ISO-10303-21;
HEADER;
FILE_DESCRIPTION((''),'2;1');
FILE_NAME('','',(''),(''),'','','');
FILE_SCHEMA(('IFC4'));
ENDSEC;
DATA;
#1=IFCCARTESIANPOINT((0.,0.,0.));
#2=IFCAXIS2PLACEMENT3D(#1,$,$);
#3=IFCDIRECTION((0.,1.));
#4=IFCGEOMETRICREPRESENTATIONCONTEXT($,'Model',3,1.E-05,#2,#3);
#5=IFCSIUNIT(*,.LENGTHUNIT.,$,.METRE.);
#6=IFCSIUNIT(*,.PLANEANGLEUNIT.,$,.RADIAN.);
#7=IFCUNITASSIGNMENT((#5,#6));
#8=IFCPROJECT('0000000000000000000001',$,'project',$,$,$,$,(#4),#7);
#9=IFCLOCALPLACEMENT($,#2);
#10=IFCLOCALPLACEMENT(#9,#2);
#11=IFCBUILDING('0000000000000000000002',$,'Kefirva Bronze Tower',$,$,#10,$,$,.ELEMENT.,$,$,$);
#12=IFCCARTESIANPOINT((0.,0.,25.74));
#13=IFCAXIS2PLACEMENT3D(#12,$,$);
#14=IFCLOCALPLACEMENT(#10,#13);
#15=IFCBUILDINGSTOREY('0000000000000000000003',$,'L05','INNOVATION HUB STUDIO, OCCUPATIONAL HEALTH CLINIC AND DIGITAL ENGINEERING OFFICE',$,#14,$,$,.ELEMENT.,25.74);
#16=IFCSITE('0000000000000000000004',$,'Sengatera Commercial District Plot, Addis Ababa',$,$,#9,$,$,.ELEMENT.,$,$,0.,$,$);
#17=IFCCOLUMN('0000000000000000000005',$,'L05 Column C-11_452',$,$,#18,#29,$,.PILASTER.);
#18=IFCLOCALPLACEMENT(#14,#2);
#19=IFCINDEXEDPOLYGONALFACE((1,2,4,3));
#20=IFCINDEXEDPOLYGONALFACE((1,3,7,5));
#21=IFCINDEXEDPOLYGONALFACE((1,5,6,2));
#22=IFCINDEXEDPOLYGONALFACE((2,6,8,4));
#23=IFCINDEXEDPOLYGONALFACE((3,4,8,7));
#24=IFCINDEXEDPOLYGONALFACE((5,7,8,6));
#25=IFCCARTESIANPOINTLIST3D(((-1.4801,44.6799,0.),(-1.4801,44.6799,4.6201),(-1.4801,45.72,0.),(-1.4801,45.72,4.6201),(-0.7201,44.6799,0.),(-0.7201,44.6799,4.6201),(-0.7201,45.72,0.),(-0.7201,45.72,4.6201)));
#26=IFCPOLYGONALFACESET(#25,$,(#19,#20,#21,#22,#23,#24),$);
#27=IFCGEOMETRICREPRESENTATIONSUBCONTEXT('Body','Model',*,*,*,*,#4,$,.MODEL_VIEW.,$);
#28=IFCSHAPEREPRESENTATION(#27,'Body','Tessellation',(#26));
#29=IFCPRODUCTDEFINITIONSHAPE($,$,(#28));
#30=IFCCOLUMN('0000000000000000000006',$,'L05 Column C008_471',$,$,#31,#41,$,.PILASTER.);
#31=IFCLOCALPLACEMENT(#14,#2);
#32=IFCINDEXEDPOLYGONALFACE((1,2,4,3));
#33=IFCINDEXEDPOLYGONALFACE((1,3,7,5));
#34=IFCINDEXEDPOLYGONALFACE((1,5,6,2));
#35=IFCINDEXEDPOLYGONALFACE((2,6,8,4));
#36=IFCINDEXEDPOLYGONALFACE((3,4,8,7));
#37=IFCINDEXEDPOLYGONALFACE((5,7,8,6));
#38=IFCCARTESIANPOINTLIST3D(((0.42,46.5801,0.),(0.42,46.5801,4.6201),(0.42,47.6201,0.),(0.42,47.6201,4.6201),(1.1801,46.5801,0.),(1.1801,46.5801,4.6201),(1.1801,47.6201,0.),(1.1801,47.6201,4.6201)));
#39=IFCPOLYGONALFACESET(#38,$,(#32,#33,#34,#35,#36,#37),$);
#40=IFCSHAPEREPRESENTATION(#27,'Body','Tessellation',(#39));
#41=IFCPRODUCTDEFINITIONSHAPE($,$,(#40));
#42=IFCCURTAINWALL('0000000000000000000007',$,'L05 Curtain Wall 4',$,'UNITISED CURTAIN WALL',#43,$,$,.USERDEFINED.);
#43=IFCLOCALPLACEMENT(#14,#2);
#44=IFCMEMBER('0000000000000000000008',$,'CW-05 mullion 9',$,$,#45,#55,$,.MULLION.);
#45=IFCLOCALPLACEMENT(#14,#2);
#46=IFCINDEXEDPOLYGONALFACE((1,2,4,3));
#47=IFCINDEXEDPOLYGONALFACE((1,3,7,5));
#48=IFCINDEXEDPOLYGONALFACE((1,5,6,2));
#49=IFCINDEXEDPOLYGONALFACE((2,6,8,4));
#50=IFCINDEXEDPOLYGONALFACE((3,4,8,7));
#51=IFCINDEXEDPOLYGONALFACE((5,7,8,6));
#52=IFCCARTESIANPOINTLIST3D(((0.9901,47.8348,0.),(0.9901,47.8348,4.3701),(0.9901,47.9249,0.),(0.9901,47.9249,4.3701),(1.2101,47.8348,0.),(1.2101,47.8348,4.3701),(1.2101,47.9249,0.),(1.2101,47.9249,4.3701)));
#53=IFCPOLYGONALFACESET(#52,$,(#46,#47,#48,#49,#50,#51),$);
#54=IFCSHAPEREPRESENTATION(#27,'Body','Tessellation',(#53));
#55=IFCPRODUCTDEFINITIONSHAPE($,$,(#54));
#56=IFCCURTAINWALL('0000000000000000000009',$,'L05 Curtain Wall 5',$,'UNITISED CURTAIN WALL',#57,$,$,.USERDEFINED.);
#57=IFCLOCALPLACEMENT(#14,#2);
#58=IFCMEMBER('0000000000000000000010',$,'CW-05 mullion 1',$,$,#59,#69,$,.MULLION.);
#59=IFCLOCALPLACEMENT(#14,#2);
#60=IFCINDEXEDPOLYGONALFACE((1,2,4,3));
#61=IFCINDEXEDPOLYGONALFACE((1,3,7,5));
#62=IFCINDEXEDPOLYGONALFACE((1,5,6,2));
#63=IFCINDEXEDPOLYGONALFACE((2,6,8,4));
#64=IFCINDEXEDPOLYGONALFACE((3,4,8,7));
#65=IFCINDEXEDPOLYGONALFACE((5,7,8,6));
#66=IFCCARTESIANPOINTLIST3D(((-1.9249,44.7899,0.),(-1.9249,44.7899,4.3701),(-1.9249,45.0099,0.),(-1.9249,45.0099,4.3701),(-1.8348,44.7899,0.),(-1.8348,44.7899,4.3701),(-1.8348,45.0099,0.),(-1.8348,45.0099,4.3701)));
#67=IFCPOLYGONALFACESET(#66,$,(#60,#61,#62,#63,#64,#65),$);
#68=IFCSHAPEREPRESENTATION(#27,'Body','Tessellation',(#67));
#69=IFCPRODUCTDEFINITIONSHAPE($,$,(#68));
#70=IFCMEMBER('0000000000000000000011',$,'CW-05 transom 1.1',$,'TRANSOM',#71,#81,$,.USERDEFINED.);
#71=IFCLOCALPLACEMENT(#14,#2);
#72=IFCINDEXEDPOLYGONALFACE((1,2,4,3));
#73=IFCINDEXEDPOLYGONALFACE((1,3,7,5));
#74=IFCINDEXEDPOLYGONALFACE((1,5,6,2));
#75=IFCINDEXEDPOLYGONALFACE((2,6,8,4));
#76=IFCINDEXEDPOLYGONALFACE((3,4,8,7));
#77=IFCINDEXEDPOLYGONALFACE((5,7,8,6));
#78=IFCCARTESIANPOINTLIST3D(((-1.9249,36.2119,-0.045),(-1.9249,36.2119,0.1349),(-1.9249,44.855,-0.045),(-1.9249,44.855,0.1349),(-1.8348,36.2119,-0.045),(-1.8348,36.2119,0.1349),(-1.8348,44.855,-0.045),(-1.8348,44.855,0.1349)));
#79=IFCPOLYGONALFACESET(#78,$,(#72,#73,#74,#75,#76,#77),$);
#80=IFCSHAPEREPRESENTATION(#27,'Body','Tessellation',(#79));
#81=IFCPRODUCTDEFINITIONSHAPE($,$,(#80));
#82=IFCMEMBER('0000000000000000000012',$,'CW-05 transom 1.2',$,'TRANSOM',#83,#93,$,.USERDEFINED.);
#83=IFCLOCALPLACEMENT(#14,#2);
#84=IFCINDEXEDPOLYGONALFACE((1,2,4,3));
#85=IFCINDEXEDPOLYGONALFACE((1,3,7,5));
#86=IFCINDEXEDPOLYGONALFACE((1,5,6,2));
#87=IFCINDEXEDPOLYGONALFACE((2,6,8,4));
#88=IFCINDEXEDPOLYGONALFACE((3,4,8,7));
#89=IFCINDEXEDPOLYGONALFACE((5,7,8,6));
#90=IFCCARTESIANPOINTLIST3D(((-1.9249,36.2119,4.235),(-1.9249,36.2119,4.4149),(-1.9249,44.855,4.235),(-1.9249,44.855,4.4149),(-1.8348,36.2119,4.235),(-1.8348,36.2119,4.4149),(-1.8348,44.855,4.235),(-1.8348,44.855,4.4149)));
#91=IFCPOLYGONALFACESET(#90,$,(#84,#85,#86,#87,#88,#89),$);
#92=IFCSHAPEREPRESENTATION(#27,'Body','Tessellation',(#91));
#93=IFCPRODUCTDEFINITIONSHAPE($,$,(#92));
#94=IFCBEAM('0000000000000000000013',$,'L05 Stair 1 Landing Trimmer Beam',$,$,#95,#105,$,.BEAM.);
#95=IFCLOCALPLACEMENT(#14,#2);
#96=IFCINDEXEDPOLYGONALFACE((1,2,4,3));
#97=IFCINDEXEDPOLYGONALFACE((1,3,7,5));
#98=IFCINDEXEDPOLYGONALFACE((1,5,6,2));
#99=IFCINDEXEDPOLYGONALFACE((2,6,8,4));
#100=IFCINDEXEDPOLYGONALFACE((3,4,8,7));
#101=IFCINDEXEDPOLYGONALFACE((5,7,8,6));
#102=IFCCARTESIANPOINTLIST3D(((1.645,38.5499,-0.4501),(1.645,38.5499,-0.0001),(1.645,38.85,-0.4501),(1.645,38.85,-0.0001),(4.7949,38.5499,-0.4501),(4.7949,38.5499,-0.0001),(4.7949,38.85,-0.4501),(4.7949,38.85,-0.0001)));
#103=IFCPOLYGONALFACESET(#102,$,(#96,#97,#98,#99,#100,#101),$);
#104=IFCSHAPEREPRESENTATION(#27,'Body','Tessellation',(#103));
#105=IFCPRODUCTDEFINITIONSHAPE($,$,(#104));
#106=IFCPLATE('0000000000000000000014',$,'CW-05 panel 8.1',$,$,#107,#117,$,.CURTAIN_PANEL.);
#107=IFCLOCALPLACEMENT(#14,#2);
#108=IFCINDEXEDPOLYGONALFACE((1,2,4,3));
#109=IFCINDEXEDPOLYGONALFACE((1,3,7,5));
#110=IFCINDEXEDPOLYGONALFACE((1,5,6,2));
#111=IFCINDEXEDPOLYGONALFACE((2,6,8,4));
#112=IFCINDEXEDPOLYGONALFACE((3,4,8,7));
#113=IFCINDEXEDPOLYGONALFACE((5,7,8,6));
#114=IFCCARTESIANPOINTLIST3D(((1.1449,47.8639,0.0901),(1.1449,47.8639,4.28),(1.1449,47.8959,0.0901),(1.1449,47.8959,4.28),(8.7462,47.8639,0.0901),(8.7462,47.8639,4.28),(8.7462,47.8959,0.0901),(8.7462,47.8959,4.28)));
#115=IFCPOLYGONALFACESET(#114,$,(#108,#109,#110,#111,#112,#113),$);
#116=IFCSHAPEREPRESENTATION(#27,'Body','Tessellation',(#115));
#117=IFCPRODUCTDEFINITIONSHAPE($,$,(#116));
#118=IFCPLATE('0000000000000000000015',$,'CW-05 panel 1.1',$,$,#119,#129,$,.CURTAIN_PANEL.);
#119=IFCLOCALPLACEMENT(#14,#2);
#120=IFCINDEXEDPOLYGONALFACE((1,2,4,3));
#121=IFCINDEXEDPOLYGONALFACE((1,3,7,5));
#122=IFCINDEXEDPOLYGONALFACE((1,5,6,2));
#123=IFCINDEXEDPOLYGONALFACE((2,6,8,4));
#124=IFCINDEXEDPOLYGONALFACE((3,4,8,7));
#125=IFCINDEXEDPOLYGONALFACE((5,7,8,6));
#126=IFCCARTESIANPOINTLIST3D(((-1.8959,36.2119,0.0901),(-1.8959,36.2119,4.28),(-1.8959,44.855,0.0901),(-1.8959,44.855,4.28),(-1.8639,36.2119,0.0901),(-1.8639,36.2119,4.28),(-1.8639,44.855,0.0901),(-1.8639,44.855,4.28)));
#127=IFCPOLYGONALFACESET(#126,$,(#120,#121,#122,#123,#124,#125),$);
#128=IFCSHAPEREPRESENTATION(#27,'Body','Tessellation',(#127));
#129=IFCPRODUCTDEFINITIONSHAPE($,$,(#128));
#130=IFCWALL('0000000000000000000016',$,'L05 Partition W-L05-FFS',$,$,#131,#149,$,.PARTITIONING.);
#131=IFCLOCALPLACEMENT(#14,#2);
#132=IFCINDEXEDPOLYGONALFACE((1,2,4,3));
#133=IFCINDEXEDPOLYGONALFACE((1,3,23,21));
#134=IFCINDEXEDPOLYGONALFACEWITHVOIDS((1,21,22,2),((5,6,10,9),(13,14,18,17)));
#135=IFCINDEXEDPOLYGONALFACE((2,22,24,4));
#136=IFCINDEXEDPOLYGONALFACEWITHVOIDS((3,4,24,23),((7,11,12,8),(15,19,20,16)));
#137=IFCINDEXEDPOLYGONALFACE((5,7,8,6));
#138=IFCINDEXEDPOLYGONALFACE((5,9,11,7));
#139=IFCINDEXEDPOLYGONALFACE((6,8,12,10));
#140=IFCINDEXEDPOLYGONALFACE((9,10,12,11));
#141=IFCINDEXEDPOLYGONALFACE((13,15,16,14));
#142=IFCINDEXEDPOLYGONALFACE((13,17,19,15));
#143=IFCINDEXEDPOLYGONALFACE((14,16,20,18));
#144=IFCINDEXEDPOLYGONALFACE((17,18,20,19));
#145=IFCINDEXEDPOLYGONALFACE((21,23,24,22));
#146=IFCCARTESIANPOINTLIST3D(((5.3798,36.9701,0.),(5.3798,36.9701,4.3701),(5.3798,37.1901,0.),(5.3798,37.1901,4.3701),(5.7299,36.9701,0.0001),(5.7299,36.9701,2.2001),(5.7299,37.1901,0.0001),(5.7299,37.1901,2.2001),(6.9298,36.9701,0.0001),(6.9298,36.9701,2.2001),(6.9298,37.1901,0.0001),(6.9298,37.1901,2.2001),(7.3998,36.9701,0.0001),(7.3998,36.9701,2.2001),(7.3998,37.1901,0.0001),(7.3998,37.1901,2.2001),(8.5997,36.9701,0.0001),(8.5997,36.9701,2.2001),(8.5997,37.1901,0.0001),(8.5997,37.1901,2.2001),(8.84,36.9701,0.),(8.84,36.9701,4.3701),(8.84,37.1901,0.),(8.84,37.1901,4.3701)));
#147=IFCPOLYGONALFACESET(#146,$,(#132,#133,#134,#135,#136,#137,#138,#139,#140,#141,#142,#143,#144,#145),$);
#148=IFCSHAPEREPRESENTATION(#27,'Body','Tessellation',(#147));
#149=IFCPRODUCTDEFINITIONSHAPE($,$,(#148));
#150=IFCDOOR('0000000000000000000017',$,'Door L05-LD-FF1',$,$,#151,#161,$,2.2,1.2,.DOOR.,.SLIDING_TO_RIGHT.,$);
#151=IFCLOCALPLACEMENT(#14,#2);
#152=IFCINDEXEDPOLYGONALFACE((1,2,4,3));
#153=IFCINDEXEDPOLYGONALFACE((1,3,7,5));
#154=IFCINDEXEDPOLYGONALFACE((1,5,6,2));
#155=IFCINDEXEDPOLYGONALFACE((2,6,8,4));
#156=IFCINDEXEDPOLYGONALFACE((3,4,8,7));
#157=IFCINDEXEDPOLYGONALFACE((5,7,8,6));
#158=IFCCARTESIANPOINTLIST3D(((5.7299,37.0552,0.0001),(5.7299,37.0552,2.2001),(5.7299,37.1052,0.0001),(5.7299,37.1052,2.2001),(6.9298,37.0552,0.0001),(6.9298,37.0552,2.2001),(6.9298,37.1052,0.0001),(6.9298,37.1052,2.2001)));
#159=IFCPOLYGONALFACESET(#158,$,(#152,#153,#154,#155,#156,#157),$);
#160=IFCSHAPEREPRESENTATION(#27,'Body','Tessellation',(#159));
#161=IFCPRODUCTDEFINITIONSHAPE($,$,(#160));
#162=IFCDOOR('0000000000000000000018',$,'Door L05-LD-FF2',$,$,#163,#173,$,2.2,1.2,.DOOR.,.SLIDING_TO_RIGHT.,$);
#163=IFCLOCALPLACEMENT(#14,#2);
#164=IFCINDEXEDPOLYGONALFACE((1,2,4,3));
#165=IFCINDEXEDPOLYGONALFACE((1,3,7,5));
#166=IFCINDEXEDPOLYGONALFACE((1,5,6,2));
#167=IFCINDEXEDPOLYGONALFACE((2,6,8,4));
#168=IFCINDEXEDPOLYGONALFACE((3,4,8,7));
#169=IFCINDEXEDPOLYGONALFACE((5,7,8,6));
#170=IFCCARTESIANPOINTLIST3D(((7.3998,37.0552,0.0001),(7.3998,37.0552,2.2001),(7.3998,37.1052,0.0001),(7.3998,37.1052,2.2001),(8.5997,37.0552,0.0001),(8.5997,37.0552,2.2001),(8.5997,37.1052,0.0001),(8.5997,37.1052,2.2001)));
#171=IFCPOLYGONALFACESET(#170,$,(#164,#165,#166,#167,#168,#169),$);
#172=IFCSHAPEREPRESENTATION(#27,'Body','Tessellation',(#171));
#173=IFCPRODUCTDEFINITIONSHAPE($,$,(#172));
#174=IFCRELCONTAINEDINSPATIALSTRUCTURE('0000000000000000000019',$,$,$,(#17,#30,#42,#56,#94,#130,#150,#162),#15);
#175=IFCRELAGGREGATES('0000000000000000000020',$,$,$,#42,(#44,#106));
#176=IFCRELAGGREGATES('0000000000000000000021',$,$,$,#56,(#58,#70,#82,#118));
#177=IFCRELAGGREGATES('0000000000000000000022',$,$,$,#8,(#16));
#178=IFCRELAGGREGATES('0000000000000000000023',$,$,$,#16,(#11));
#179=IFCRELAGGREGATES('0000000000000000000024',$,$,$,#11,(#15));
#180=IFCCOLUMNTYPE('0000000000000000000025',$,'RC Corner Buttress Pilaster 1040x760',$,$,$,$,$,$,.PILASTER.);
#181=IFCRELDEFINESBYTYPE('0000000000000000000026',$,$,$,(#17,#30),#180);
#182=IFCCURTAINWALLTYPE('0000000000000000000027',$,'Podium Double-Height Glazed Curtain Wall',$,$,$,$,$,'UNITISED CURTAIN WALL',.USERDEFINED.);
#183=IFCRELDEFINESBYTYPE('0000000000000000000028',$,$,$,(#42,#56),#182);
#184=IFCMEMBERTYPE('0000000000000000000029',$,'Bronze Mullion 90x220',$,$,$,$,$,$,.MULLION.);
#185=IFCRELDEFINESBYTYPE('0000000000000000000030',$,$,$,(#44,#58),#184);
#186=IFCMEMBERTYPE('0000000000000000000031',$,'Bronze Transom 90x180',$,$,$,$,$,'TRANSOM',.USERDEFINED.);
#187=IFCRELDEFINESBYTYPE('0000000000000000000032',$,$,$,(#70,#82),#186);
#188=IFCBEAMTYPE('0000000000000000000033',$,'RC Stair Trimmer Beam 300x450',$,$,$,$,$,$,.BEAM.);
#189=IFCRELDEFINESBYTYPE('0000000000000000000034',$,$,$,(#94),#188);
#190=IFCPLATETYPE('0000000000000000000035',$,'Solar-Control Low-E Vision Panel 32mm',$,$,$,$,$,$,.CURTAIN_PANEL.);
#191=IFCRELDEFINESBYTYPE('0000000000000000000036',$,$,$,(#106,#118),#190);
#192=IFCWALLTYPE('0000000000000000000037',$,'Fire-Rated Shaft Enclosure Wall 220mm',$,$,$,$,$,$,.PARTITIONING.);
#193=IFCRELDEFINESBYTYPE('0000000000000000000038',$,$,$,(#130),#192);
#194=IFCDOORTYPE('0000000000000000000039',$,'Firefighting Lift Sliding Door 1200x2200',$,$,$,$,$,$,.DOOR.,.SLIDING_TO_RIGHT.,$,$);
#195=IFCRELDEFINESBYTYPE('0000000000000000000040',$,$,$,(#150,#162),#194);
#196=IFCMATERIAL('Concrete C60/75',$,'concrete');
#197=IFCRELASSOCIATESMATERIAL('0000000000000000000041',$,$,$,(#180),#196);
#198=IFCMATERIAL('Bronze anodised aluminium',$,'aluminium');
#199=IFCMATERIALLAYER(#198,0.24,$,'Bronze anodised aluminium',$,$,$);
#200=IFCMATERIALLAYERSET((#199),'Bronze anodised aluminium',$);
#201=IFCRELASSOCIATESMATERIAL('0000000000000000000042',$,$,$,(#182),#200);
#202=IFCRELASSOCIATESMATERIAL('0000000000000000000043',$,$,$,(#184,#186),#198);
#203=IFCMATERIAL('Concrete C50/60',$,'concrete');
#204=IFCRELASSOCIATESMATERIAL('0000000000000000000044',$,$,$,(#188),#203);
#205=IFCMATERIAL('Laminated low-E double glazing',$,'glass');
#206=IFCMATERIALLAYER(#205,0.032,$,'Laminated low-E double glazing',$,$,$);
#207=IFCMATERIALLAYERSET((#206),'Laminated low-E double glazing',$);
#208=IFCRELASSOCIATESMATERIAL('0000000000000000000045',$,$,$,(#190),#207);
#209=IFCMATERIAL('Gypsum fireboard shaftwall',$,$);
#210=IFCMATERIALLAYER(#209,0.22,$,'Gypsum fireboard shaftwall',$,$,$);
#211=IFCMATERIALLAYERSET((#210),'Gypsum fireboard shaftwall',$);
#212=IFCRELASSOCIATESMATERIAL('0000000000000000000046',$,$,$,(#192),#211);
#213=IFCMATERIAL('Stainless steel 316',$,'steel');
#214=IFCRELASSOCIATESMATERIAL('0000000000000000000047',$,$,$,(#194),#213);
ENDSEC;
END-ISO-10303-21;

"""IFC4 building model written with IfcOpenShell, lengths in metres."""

from ifc_helpers import new_model, si_unit, direction, frame, frame_2d, origin, origin_2d, place, context, subcontext, project, spatial, rectangle, extrude, material, layer, layer_set, material_profile, profile_set, type_object, element, fill, aggregate, save


model = new_model("IFC4")

# Units and contexts
model_context = context("Model", 3, precision=1e-05, world=origin(), true_north=direction((0.0, 1.0)))
body_context = subcontext(model_context, "Body", "Model", "MODEL_VIEW")
ifc_project = project(units=[si_unit("LENGTHUNIT", "METRE"), si_unit("PLANEANGLEUNIT", "RADIAN")], contexts=[model_context])

# Site, building, storey
site_placement = place(None, origin())
site = spatial("IfcSite", under=ifc_project, at=site_placement, Name="Sengatera Commercial District Plot, Addis Ababa", CompositionType="ELEMENT", RefElevation=0.0)
building_placement = place(site_placement, origin())
building = spatial("IfcBuilding", under=site, at=building_placement, Name="Kefirva Bronze Tower", CompositionType="ELEMENT")
storey_placement = place(building_placement, frame((0.0, 0.0, 25.74)))
storey = spatial("IfcBuildingStorey", under=building, at=storey_placement, Name="L05", Description="INNOVATION HUB STUDIO, OCCUPATIONAL HEALTH CLINIC AND DIGITAL ENGINEERING OFFICE", CompositionType="ELEMENT", Elevation=25.74)

# Columns
ifc_material_1 = material(Name="Concrete C60/75", Category="concrete")
ifc_material_profile_1 = material_profile(ifc_material_1, rectangle(XDim=0.76, YDim=1.04, at=origin_2d()), Name="RC 760x1040")
ifc_profile_set_1 = profile_set([ifc_material_profile_1], Name="Concrete C60/75")
column_type = type_object("IfcColumnType", Name="RC Corner Buttress Pilaster 1040x760", PredefinedType="PILASTER", material=ifc_profile_set_1)
for number, where, z_axis, x_axis, name in (
    (1, (-1.1001, 45.2, 0.0), (0.0, 0.0, 1.0), (1.0, 0.0, 0.0), "L05 Column C-11_452"),
    (2, (0.8, 47.1001, 0.0), (0.0, 0.0, 1.0), (1.0, 0.0, 0.0), "L05 Column C008_471"),
):
    element("IfcColumn", number, at=place(storey_placement, frame(where, z_axis=z_axis, x_axis=x_axis)), inside=storey, type_object=column_type, Name=name, PredefinedType="PILASTER", context=body_context, shape_type="SweptSolid", body=[
        extrude(rectangle(XDim=0.76, YDim=1.04, at=origin_2d()), origin(), (0.0, 0.0, 1.0), 4.6201),
    ])

# Curtain wall, member
ifc_material_2 = material(Name="Bronze anodised aluminium", Category="aluminium")
ifc_layer_1 = layer(ifc_material_2, 0.24, Name="Bronze anodised aluminium")
ifc_layer_set_1 = layer_set([ifc_layer_1], Name="Bronze anodised aluminium")
curtain_wall_type = type_object("IfcCurtainWallType", Name="Podium Double-Height Glazed Curtain Wall", ElementType="UNITISED CURTAIN WALL", PredefinedType="USERDEFINED", material=ifc_layer_set_1)
curtain_wall_1_placement = place(storey_placement, origin())
curtain_wall_1 = element("IfcCurtainWall", 3, at=curtain_wall_1_placement, inside=storey, type_object=curtain_wall_type, Name="L05 Curtain Wall 4", ObjectType="UNITISED CURTAIN WALL", PredefinedType="USERDEFINED")
ifc_material_profile_2 = material_profile(ifc_material_2, rectangle(XDim=0.0901, YDim=0.22, at=origin_2d()), Name="ALU 90x220")
ifc_profile_set_2 = profile_set([ifc_material_profile_2], Name="Bronze anodised aluminium")
member_type_1 = type_object("IfcMemberType", Name="Bronze Mullion 90x220", PredefinedType="MULLION", material=ifc_profile_set_2)
member_1_placement = place(storey_placement, frame((1.1001, 47.8799, 0.0), z_axis=(0.0, 0.0, 1.0), x_axis=(0.0, -1.0, 0.0)))
member_1 = element("IfcMember", 4, at=member_1_placement, type_object=member_type_1, Name="CW-05 mullion 9", PredefinedType="MULLION", context=body_context, shape_type="SweptSolid", body=[
    extrude(rectangle(XDim=0.0901, YDim=0.22, at=origin_2d()), origin(), (0.0, 0.0, 1.0), 4.3701),
])

# Curtain wall, members
curtain_wall_2_placement = place(storey_placement, origin())
curtain_wall_2 = element("IfcCurtainWall", 5, at=curtain_wall_2_placement, inside=storey, type_object=curtain_wall_type, Name="L05 Curtain Wall 5", ObjectType="UNITISED CURTAIN WALL", PredefinedType="USERDEFINED")
member_2_placement = place(storey_placement, frame((-1.8799, 44.8999, 0.0), z_axis=(0.0, 0.0, 1.0), x_axis=(1.0, 0.0, 0.0)))
member_2 = element("IfcMember", 6, at=member_2_placement, type_object=member_type_1, Name="CW-05 mullion 1", PredefinedType="MULLION", context=body_context, shape_type="SweptSolid", body=[
    extrude(rectangle(XDim=0.0901, YDim=0.22, at=origin_2d()), origin(), (0.0, 0.0, 1.0), 4.3701),
])
ifc_material_profile_3 = material_profile(ifc_material_2, rectangle(XDim=0.0901, YDim=0.1799, at=origin_2d()), Name="ALU 90x180")
ifc_profile_set_3 = profile_set([ifc_material_profile_3], Name="Bronze anodised aluminium")
member_type_2 = type_object("IfcMemberType", Name="Bronze Transom 90x180", ElementType="TRANSOM", PredefinedType="USERDEFINED", material=ifc_profile_set_3)
member_3_placement = place(storey_placement, frame((-1.8799, 44.855, 0.0449), z_axis=(0.0, -1.0, 0.0), x_axis=(1.0, 0.0, 0.0)))
member_3 = element("IfcMember", 7, at=member_3_placement, type_object=member_type_2, Name="CW-05 transom 1.1", ObjectType="TRANSOM", PredefinedType="USERDEFINED", context=body_context, shape_type="SweptSolid", body=[
    extrude(rectangle(XDim=0.0901, YDim=0.1799, at=origin_2d()), origin(), (0.0, 0.0, 1.0), 8.6431),
])
member_4_placement = place(storey_placement, frame((-1.8799, 44.855, 4.325), z_axis=(0.0, -1.0, 0.0), x_axis=(1.0, 0.0, 0.0)))
member_4 = element("IfcMember", 8, at=member_4_placement, type_object=member_type_2, Name="CW-05 transom 1.2", ObjectType="TRANSOM", PredefinedType="USERDEFINED", context=body_context, shape_type="SweptSolid", body=[
    extrude(rectangle(XDim=0.0901, YDim=0.1799, at=origin_2d()), origin(), (0.0, 0.0, 1.0), 8.6431),
])

# Beam
ifc_material_3 = material(Name="Concrete C50/60", Category="concrete")
ifc_material_profile_4 = material_profile(ifc_material_3, rectangle(XDim=0.3, YDim=0.45, at=origin_2d()), Name="RC 300x450")
ifc_profile_set_4 = profile_set([ifc_material_profile_4], Name="Concrete C50/60")
beam_type = type_object("IfcBeamType", Name="RC Stair Trimmer Beam 300x450", PredefinedType="BEAM", material=ifc_profile_set_4)
beam_placement = place(storey_placement, frame((1.645, 38.7, -0.2251), z_axis=(1.0, 0.0, 0.0), x_axis=(0.0, 1.0, 0.0)))
element("IfcBeam", 9, at=beam_placement, inside=storey, type_object=beam_type, Name="L05 Stair 1 Landing Trimmer Beam", PredefinedType="BEAM", context=body_context, shape_type="SweptSolid", body=[
    extrude(rectangle(XDim=0.3, YDim=0.45, at=origin_2d()), origin(), (0.0, 0.0, 1.0), 3.1499),
])

# Plates
ifc_material_4 = material(Name="Laminated low-E double glazing", Category="glass")
ifc_layer_2 = layer(ifc_material_4, 0.032, Name="Laminated low-E double glazing")
ifc_layer_set_2 = layer_set([ifc_layer_2], Name="Laminated low-E double glazing")
plate_type = type_object("IfcPlateType", Name="Solar-Control Low-E Vision Panel 32mm", PredefinedType="CURTAIN_PANEL", material=ifc_layer_set_2)
plate_1_placement = place(storey_placement, frame((4.9456, 47.8799, 0.0901), z_axis=(0.0, 0.0, 1.0), x_axis=(-1.0, 0.0, 0.0)))
plate_1 = element("IfcPlate", 10, at=plate_1_placement, type_object=plate_type, Name="CW-05 panel 8.1", PredefinedType="CURTAIN_PANEL", context=body_context, shape_type="SweptSolid", body=[
    extrude(rectangle(XDim=7.6013, YDim=0.032, at=origin_2d()), origin(), (0.0, 0.0, 1.0), 4.1899),
])
aggregate(curtain_wall_1, [member_1, plate_1])
plate_2_placement = place(storey_placement, frame((-1.8799, 40.5334, 0.0901), z_axis=(0.0, 0.0, 1.0), x_axis=(0.0, -1.0, 0.0)))
plate_2 = element("IfcPlate", 11, at=plate_2_placement, type_object=plate_type, Name="CW-05 panel 1.1", PredefinedType="CURTAIN_PANEL", context=body_context, shape_type="SweptSolid", body=[
    extrude(rectangle(XDim=8.6431, YDim=0.032, at=origin_2d()), origin(), (0.0, 0.0, 1.0), 4.1899),
])
aggregate(curtain_wall_2, [member_2, member_3, member_4, plate_2])

# Shared definitions
ifc_material_5 = material(Name="Gypsum fireboard shaftwall")
ifc_layer_3 = layer(ifc_material_5, 0.22, Name="Gypsum fireboard shaftwall")
ifc_layer_set_3 = layer_set([ifc_layer_3], Name="Gypsum fireboard shaftwall")
wall_type_1 = type_object("IfcWallType", Name="Fire-Rated Shaft Enclosure Wall 220mm", PredefinedType="PARTITIONING", material=ifc_layer_set_3)

# Wall, openings, doors
wall_1_placement = place(storey_placement, frame((5.3799, 37.0801, 0.0), z_axis=(0.0, 0.0, 1.0), x_axis=(1.0, 0.0, 0.0)))
wall_1 = element("IfcWall", 12, at=wall_1_placement, inside=storey, type_object=wall_type_1, Name="L05 Partition W-L05-FFS", PredefinedType="PARTITIONING", context=body_context, shape_type="SweptSolid", body=[
    extrude(rectangle(XDim=3.4602, YDim=0.22, at=frame_2d((1.73, 0.0))), origin(), (0.0, 0.0, 1.0), 4.3701),
])
opening_1_placement = place(wall_1_placement, frame((1.55, 0.0, 0.0), z_axis=(0.0, 0.0, 1.0), x_axis=(-1.0, 0.0, 0.0)))
opening_1 = element("IfcOpeningElement", 13, at=opening_1_placement, cuts=wall_1, PredefinedType="OPENING", context=body_context, shape_type="SweptSolid", body=[
    extrude(rectangle(XDim=1.2, YDim=2.2, at=frame_2d((0.6001, 1.1001))), frame((0.0, 0.1201, 0.0), z_axis=(0.0, -1.0, 0.0), x_axis=(1.0, 0.0, 0.0)), (0.0, 0.0, 1.0), 0.24),
])
opening_2_placement = place(wall_1_placement, frame((3.22, 0.0, 0.0), z_axis=(0.0, 0.0, 1.0), x_axis=(-1.0, 0.0, 0.0)))
opening_2 = element("IfcOpeningElement", 14, at=opening_2_placement, cuts=wall_1, PredefinedType="OPENING", context=body_context, shape_type="SweptSolid", body=[
    extrude(rectangle(XDim=1.2, YDim=2.2, at=frame_2d((0.6001, 1.1001))), frame((0.0, 0.1201, 0.0), z_axis=(0.0, -1.0, 0.0), x_axis=(1.0, 0.0, 0.0)), (0.0, 0.0, 1.0), 0.24),
])
ifc_material_6 = material(Name="Stainless steel 316", Category="steel")
door_type_1 = type_object("IfcDoorType", Name="Firefighting Lift Sliding Door 1200x2200", OperationType="SLIDING_TO_RIGHT", PredefinedType="DOOR", material=ifc_material_6)
door_1_placement = place(opening_1_placement, origin())
door_1 = element("IfcDoor", 15, at=door_1_placement, inside=storey, type_object=door_type_1, Name="Door L05-LD-FF1", OperationType="SLIDING_TO_RIGHT", OverallHeight=2.2, OverallWidth=1.2, PredefinedType="DOOR", context=body_context, shape_type="SweptSolid", body=[
    extrude(rectangle(XDim=1.2, YDim=2.2, at=frame_2d((0.6001, 1.1001))), frame((0.0, 0.0249, 0.0), z_axis=(0.0, -1.0, 0.0), x_axis=(1.0, 0.0, 0.0)), (0.0, 0.0, 1.0), 0.05),
])
fill(opening_1, door_1)
door_2_placement = place(opening_2_placement, origin())
door_2 = element("IfcDoor", 16, at=door_2_placement, inside=storey, type_object=door_type_1, Name="Door L05-LD-FF2", OperationType="SLIDING_TO_RIGHT", OverallHeight=2.2, OverallWidth=1.2, PredefinedType="DOOR", context=body_context, shape_type="SweptSolid", body=[
    extrude(rectangle(XDim=1.2, YDim=2.2, at=frame_2d((0.6001, 1.1001))), frame((0.0, 0.0249, 0.0), z_axis=(0.0, -1.0, 0.0), x_axis=(1.0, 0.0, 0.0)), (0.0, 0.0, 1.0), 0.05),
])
fill(opening_2, door_2)

save(model, "model.ifc")
